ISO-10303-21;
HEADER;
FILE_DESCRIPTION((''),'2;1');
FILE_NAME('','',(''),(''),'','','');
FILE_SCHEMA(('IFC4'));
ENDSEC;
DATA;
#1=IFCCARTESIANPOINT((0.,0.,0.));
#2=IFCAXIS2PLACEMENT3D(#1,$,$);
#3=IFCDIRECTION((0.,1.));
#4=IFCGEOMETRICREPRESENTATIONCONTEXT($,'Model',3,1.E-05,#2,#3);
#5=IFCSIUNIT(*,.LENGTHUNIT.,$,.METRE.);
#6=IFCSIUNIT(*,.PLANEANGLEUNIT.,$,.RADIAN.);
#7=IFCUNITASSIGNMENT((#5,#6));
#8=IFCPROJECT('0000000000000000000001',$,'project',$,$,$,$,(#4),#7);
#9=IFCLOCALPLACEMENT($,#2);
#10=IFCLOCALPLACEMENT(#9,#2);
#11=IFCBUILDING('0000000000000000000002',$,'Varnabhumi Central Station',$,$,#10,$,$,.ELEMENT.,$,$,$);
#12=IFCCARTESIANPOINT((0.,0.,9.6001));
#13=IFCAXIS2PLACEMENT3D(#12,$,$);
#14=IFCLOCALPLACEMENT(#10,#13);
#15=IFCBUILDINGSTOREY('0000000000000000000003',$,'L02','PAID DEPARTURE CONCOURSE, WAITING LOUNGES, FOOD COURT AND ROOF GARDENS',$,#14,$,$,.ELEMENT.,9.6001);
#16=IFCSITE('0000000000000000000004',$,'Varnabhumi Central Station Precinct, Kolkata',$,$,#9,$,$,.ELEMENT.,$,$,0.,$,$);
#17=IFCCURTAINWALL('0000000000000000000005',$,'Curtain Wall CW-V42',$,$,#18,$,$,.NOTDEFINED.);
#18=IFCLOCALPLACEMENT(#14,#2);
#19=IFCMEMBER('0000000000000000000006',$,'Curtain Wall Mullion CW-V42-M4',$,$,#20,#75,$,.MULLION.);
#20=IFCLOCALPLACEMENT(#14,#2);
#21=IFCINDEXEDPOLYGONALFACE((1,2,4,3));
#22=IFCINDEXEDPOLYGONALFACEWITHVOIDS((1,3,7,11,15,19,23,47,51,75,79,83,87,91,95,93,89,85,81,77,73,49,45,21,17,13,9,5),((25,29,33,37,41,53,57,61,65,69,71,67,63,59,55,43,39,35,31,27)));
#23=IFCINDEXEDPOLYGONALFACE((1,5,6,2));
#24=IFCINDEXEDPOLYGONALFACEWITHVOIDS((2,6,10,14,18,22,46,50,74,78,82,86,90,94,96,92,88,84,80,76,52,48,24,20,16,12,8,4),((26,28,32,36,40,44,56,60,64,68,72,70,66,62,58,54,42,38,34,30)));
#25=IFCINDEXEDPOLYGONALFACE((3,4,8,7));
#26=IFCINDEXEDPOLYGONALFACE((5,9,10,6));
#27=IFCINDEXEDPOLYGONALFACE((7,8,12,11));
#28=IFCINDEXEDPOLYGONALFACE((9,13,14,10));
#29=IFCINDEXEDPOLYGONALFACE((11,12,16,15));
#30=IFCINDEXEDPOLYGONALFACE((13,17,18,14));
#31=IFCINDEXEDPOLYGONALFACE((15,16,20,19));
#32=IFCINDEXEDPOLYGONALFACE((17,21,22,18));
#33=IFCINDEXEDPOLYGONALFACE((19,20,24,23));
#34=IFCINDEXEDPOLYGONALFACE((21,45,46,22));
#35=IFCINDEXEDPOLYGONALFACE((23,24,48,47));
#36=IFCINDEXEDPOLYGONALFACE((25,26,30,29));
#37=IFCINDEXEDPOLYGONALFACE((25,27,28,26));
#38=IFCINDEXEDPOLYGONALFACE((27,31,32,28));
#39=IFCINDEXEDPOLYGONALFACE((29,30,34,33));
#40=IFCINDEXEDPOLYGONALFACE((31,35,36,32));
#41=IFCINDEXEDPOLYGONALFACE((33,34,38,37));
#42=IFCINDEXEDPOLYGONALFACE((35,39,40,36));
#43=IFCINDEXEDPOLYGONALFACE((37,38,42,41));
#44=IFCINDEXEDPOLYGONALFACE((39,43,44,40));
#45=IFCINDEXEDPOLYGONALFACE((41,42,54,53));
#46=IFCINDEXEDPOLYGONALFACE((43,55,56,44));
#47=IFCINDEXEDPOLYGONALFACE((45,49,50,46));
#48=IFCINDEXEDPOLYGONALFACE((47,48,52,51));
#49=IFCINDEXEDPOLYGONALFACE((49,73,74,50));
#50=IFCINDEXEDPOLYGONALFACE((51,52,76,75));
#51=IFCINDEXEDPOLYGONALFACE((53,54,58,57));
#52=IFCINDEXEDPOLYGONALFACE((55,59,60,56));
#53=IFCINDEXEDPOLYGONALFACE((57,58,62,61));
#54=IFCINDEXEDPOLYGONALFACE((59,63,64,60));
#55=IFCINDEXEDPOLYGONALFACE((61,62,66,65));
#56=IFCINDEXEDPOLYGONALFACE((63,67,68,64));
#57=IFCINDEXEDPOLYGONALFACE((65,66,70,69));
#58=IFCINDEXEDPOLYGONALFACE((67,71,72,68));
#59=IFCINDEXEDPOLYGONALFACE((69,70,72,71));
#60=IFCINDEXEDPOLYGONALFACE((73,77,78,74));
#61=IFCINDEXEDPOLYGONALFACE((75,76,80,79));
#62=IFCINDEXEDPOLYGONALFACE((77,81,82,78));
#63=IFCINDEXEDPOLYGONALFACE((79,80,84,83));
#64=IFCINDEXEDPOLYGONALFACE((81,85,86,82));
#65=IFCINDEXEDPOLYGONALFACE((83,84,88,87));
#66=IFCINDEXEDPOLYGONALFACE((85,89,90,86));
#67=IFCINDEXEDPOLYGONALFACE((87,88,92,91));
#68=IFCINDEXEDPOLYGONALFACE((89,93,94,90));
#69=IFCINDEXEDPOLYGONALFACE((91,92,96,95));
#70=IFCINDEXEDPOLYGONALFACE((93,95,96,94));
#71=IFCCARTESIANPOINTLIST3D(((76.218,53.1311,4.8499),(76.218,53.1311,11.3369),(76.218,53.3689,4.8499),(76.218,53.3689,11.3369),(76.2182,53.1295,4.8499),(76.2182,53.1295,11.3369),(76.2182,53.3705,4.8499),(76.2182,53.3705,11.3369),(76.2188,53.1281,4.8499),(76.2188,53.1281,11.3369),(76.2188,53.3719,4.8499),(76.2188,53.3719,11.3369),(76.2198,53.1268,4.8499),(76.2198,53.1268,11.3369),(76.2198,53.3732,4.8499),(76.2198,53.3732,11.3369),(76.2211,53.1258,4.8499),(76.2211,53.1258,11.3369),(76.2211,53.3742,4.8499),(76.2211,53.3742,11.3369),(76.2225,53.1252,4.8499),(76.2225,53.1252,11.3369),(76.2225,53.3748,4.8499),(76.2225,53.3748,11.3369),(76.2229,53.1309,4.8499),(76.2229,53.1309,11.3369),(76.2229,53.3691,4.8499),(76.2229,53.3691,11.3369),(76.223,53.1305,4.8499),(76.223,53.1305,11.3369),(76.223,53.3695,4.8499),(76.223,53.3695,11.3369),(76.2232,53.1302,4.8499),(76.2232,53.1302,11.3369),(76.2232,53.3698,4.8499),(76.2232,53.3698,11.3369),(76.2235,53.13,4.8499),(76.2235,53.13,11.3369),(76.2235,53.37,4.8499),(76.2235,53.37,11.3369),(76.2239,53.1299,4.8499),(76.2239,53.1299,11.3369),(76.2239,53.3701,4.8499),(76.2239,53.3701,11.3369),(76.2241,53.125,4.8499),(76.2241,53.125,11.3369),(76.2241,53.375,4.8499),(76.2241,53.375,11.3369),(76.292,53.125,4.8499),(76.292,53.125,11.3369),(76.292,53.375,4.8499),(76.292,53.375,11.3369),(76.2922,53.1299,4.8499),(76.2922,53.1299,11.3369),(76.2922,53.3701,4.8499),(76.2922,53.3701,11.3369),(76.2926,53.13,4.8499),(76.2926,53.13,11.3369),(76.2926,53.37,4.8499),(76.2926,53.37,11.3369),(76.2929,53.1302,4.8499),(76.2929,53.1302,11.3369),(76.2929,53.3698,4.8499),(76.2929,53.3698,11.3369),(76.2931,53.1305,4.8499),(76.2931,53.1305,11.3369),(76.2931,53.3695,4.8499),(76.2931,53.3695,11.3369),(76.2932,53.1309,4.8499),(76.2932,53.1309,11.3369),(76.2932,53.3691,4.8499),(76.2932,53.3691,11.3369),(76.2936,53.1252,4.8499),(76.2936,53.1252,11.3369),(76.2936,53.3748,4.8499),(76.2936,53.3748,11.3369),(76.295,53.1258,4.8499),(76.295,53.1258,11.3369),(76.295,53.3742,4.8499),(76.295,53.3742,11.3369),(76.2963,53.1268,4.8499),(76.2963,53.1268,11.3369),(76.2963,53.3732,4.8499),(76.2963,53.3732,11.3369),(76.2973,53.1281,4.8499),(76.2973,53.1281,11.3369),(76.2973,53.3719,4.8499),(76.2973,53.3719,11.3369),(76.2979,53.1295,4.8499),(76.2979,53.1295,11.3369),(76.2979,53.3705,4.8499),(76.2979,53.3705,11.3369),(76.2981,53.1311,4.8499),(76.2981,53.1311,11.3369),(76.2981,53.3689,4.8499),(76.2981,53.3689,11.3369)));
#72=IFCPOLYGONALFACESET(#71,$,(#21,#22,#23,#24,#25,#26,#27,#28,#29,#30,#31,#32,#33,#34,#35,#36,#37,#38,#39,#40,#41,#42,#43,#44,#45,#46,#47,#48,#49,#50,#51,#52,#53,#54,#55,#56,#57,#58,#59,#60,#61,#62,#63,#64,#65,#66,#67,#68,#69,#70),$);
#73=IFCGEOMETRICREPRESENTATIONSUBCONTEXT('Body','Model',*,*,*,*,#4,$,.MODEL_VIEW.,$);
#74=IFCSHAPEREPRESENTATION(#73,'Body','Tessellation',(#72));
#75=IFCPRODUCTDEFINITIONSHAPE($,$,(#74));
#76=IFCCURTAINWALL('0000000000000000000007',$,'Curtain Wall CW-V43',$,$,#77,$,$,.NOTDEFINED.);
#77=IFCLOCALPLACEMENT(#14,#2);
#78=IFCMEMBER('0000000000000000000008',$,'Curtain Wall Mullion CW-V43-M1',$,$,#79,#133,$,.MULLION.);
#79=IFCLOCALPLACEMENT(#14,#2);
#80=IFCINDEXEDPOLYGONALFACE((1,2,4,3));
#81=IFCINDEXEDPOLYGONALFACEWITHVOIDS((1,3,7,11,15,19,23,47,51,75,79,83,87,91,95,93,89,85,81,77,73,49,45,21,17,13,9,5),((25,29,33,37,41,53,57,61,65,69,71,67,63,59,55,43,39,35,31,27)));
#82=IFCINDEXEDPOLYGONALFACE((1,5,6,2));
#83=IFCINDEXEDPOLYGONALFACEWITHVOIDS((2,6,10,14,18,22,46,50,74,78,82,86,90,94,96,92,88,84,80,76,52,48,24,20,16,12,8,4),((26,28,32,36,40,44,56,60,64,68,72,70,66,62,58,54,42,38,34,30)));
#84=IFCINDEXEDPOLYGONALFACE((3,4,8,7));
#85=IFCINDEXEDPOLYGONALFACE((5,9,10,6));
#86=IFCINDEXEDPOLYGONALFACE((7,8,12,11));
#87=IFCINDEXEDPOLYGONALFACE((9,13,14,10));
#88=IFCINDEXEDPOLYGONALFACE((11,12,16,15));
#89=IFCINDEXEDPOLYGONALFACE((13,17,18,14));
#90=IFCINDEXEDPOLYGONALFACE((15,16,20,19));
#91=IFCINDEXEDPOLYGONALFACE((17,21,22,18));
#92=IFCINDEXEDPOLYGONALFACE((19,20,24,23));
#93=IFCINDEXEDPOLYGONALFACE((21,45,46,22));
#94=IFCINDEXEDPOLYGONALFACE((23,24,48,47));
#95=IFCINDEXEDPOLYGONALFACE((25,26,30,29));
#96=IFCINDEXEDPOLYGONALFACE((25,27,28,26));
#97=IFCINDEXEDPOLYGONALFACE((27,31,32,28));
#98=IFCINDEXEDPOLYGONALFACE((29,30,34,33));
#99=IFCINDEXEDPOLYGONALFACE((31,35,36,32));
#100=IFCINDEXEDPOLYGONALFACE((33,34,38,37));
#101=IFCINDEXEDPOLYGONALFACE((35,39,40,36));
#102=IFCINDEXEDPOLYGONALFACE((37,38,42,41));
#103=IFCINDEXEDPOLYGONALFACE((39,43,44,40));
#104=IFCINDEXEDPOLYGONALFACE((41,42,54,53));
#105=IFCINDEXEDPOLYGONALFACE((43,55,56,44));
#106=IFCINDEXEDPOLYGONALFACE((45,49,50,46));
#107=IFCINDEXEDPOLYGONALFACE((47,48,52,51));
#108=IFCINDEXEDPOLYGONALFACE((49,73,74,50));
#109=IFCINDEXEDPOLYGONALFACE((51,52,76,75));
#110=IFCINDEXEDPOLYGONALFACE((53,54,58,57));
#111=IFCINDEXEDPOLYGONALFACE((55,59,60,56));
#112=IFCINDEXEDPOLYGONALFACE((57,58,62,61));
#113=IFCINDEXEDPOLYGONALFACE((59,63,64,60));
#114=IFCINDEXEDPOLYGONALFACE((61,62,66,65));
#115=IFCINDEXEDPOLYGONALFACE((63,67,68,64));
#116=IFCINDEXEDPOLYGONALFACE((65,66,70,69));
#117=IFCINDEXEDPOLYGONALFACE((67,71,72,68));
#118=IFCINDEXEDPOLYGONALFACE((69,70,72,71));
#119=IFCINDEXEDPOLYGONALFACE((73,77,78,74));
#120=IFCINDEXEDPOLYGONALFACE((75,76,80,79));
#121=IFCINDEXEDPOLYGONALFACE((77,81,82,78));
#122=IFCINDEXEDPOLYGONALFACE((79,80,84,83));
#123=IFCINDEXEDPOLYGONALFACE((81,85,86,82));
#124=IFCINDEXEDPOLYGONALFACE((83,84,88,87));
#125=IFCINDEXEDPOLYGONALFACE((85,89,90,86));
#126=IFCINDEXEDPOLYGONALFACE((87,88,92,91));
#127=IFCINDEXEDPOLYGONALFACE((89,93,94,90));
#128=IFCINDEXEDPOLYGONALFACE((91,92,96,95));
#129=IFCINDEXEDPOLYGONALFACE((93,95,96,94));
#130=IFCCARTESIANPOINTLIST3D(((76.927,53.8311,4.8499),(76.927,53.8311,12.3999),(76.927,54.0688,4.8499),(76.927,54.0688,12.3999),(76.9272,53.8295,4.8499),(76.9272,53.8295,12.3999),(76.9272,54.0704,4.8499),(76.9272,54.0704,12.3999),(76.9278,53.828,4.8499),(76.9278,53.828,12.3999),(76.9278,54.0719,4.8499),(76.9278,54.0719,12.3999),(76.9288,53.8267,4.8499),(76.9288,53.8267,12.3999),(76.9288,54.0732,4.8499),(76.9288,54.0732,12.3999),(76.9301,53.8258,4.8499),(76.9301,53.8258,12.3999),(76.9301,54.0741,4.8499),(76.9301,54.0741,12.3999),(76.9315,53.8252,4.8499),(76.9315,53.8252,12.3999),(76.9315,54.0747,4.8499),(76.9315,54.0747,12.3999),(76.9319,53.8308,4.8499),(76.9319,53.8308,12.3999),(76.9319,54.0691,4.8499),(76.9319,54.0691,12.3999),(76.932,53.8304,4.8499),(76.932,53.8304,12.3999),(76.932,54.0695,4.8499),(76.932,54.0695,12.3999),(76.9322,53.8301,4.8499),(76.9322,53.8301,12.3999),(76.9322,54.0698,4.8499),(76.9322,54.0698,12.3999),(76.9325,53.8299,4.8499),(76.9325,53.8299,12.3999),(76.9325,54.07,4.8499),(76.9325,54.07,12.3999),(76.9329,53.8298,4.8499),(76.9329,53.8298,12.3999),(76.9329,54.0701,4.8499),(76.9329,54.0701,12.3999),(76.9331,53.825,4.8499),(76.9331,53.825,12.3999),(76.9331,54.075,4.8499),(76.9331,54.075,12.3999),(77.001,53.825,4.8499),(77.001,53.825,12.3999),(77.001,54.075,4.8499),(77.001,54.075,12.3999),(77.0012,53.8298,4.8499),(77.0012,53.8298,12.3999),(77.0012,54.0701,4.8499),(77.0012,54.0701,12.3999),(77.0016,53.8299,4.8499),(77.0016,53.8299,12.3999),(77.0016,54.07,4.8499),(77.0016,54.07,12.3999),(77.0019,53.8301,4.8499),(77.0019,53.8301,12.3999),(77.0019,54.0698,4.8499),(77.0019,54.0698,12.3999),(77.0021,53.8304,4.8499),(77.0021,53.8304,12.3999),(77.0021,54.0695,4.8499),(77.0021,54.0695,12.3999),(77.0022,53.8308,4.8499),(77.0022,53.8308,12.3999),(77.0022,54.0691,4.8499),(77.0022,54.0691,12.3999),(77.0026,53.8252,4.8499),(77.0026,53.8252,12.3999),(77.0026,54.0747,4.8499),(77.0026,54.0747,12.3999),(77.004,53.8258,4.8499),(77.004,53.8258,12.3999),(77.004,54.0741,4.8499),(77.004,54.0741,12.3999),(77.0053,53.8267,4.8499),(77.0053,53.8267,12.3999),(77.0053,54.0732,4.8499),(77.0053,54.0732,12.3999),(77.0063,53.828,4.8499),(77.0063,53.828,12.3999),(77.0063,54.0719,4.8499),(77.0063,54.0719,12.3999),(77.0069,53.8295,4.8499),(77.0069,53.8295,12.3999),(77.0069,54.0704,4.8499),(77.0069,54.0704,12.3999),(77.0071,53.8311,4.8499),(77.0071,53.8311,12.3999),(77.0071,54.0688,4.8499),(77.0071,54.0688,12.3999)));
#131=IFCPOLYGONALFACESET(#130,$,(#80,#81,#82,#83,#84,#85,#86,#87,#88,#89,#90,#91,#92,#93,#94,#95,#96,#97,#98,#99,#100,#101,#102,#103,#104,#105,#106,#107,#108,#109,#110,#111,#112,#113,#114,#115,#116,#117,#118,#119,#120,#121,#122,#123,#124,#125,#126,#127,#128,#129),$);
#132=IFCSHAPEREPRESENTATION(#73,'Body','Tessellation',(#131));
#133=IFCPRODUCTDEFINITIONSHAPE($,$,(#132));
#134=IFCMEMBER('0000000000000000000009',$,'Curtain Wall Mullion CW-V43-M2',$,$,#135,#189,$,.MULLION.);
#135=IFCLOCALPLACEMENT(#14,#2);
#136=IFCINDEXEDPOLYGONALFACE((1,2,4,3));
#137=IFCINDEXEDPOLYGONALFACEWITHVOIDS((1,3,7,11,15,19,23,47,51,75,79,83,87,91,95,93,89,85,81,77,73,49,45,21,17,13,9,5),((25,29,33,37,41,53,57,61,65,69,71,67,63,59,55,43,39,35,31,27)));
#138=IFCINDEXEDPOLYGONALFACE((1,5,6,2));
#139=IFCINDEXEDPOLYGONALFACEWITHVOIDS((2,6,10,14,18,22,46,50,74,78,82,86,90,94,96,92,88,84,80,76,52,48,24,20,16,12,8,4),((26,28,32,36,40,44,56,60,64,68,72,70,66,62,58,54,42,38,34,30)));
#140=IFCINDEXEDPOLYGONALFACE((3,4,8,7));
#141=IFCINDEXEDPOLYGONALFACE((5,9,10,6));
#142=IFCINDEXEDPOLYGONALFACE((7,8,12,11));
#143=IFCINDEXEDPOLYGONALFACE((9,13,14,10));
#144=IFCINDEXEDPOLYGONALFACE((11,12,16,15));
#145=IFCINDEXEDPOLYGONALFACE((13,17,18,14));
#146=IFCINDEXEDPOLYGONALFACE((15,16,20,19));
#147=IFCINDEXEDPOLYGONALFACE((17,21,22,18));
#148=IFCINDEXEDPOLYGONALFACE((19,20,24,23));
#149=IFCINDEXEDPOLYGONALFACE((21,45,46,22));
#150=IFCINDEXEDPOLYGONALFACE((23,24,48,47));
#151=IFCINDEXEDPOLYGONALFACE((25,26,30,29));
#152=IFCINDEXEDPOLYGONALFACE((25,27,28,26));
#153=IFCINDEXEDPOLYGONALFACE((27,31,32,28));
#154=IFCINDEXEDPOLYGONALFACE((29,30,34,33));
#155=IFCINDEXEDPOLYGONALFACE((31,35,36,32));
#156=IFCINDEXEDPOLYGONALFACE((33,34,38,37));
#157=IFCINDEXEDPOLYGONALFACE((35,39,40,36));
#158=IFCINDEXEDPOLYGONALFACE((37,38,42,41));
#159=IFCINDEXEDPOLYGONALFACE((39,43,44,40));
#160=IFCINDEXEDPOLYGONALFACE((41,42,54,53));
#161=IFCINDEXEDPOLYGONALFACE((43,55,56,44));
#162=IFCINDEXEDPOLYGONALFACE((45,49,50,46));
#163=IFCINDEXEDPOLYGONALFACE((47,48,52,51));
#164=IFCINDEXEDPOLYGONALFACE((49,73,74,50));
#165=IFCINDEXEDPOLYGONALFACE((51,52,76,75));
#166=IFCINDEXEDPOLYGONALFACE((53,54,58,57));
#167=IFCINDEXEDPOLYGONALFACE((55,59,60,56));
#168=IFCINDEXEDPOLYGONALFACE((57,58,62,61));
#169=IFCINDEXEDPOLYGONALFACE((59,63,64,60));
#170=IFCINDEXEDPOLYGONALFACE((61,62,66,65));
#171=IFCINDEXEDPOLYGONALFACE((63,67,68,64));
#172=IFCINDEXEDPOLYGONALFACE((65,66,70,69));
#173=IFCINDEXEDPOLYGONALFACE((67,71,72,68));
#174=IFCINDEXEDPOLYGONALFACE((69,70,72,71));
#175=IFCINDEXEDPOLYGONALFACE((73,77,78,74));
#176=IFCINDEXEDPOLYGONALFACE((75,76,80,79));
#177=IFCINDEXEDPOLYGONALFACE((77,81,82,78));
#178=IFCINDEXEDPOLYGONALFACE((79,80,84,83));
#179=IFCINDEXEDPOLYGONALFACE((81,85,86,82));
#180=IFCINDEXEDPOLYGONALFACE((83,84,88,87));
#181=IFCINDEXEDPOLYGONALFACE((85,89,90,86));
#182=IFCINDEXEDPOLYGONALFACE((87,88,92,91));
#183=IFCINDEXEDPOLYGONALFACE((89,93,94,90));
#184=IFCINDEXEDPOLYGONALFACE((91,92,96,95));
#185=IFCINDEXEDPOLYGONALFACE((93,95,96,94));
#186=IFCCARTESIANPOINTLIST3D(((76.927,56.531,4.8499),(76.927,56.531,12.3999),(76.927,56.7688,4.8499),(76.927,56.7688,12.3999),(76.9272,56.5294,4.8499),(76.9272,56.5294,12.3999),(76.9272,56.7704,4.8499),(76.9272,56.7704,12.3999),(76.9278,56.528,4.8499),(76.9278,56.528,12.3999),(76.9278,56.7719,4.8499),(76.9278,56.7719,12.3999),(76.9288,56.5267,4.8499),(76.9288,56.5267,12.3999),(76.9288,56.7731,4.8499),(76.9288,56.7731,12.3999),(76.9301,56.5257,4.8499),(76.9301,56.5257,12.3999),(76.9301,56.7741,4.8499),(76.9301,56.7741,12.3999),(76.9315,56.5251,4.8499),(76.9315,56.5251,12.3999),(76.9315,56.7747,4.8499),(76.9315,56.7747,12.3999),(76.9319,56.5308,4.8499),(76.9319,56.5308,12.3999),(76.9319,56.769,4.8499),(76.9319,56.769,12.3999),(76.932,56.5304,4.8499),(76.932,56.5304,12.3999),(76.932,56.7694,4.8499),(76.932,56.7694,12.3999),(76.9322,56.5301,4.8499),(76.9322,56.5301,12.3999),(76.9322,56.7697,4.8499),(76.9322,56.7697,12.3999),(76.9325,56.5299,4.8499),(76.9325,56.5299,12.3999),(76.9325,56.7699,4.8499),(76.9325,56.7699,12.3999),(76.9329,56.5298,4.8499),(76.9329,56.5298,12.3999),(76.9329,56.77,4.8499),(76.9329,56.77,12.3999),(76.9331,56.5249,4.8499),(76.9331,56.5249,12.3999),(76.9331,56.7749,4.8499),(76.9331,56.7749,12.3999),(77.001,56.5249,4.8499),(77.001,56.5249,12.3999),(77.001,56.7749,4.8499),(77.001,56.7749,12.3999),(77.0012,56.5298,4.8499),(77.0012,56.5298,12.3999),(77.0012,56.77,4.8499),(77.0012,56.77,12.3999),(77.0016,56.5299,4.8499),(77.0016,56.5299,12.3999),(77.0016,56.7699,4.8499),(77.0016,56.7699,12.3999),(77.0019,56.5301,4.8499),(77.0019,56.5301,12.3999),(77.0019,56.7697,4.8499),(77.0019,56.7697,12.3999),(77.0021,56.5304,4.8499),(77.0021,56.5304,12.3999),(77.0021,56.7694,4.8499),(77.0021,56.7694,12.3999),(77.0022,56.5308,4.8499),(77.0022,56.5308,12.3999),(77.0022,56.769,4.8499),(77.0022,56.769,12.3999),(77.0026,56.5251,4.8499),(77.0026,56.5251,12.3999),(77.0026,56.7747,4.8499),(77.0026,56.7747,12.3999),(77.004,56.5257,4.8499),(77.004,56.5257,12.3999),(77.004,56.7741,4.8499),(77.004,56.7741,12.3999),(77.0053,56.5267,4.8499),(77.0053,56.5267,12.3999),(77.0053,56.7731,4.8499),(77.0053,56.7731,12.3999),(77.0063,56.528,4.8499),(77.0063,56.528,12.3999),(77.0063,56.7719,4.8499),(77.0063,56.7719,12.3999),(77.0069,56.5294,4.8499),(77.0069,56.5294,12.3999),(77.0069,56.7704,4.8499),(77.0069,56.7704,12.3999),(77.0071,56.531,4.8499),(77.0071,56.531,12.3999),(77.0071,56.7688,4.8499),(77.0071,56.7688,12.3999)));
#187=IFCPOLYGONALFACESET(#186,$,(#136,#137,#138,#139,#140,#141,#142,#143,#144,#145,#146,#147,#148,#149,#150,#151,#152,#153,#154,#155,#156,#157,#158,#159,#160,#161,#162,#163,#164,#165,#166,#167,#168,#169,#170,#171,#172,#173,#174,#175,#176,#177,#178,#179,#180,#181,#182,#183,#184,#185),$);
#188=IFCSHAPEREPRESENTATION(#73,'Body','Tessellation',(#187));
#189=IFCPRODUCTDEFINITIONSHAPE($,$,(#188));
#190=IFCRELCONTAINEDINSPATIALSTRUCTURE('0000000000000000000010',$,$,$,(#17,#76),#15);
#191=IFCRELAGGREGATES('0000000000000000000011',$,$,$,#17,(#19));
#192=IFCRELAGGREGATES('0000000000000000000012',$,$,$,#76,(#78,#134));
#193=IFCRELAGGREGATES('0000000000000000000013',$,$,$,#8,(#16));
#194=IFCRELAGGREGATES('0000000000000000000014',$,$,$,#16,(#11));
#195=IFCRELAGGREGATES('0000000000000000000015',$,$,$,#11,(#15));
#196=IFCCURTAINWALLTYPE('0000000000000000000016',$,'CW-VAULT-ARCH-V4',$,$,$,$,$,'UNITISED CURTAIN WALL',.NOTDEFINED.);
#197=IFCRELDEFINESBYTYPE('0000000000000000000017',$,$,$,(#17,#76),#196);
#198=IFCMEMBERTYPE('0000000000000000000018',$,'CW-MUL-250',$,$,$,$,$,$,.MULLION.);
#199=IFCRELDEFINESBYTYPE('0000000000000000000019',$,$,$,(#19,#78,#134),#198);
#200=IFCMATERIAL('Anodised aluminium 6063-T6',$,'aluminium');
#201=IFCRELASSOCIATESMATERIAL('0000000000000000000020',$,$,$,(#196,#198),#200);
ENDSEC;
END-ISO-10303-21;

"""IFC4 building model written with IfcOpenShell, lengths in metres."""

from ifc_helpers import new_model, si_unit, direction, frame, origin, origin_2d, place, context, subcontext, project, spatial, hollow_rectangle, extrude, material, material_profile, profile_set, type_object, element, aggregate, save


model = new_model("IFC4")

# Units and contexts
model_context = context("Model", 3, precision=1e-05, world=origin(), true_north=direction((0.0, 1.0)))
body_context = subcontext(model_context, "Body", "Model", "MODEL_VIEW")
ifc_project = project(units=[si_unit("LENGTHUNIT", "METRE"), si_unit("PLANEANGLEUNIT", "RADIAN")], contexts=[model_context])

# Site, building, storey
site_placement = place(None, origin())
site = spatial("IfcSite", under=ifc_project, at=site_placement, Name="Varnabhumi Central Station Precinct, Kolkata", CompositionType="ELEMENT", RefElevation=0.0)
building_placement = place(site_placement, origin())
building = spatial("IfcBuilding", under=site, at=building_placement, Name="Varnabhumi Central Station", CompositionType="ELEMENT")
storey_placement = place(building_placement, frame((0.0, 0.0, 9.6001)))
storey = spatial("IfcBuildingStorey", under=building, at=storey_placement, Name="L02", Description="PAID DEPARTURE CONCOURSE, WAITING LOUNGES, FOOD COURT AND ROOF GARDENS", CompositionType="ELEMENT", Elevation=9.6001)

# Curtain walls, members
ifc_material_1 = material(Name="Anodised aluminium 6063-T6", Category="aluminium")
curtain_wall_type = type_object("IfcCurtainWallType", Name="CW-VAULT-ARCH-V4", ElementType="UNITISED CURTAIN WALL", PredefinedType="NOTDEFINED", material=ifc_material_1)
curtain_wall_1_placement = place(storey_placement, origin())
curtain_wall_1 = element("IfcCurtainWall", 1, at=curtain_wall_1_placement, inside=storey, type_object=curtain_wall_type, Name="Curtain Wall CW-V42", PredefinedType="NOTDEFINED")
ifc_material_profile_1 = material_profile(ifc_material_1, hollow_rectangle(XDim=0.0801, YDim=0.25, WallThickness=0.0049, InnerFilletRadius=0.001, OuterFilletRadius=0.0061, at=origin_2d()), Name="Anodised aluminium 6063-T6", Category="aluminium")
ifc_profile_set_1 = profile_set([ifc_material_profile_1], Name="Anodised aluminium 6063-T6")
member_type_1 = type_object("IfcMemberType", Name="CW-MUL-250", PredefinedType="MULLION", material=ifc_profile_set_1)
member_1_placement = place(storey_placement, frame((76.2581, 53.25, 4.8499), z_axis=(0.0, 0.0, 1.0), x_axis=(1.0, 0.0, 0.0)))
member_1 = element("IfcMember", 2, at=member_1_placement, type_object=member_type_1, Name="Curtain Wall Mullion CW-V42-M4", PredefinedType="MULLION", context=body_context, shape_type="SweptSolid", body=[
    extrude(hollow_rectangle(XDim=0.0801, YDim=0.25, WallThickness=0.0049, InnerFilletRadius=0.001, OuterFilletRadius=0.0061, at=origin_2d()), origin(), (0.0, 0.0, 1.0), 6.4871),
])
curtain_wall_2_placement = place(storey_placement, origin())
curtain_wall_2 = element("IfcCurtainWall", 3, at=curtain_wall_2_placement, inside=storey, type_object=curtain_wall_type, Name="Curtain Wall CW-V43", PredefinedType="NOTDEFINED")
member_2_placement = place(storey_placement, frame((76.967, 53.95, 4.8499), z_axis=(0.0, 0.0, 1.0), x_axis=(1.0, 0.0, 0.0)))
member_2 = element("IfcMember", 4, at=member_2_placement, type_object=member_type_1, Name="Curtain Wall Mullion CW-V43-M1", PredefinedType="MULLION", context=body_context, shape_type="SweptSolid", body=[
    extrude(hollow_rectangle(XDim=0.0801, YDim=0.25, WallThickness=0.0049, InnerFilletRadius=0.001, OuterFilletRadius=0.0061, at=origin_2d()), origin(), (0.0, 0.0, 1.0), 7.55),
])
member_3_placement = place(storey_placement, frame((76.967, 56.6499, 4.8499), z_axis=(0.0, 0.0, 1.0), x_axis=(1.0, 0.0, 0.0)))
member_3 = element("IfcMember", 5, at=member_3_placement, type_object=member_type_1, Name="Curtain Wall Mullion CW-V43-M2", PredefinedType="MULLION", context=body_context, shape_type="SweptSolid", body=[
    extrude(hollow_rectangle(XDim=0.0801, YDim=0.25, WallThickness=0.0049, InnerFilletRadius=0.001, OuterFilletRadius=0.0061, at=origin_2d()), origin(), (0.0, 0.0, 1.0), 7.55),
])

aggregate(curtain_wall_1, [member_1])
aggregate(curtain_wall_2, [member_2, member_3])

save(model, "model.ifc")
